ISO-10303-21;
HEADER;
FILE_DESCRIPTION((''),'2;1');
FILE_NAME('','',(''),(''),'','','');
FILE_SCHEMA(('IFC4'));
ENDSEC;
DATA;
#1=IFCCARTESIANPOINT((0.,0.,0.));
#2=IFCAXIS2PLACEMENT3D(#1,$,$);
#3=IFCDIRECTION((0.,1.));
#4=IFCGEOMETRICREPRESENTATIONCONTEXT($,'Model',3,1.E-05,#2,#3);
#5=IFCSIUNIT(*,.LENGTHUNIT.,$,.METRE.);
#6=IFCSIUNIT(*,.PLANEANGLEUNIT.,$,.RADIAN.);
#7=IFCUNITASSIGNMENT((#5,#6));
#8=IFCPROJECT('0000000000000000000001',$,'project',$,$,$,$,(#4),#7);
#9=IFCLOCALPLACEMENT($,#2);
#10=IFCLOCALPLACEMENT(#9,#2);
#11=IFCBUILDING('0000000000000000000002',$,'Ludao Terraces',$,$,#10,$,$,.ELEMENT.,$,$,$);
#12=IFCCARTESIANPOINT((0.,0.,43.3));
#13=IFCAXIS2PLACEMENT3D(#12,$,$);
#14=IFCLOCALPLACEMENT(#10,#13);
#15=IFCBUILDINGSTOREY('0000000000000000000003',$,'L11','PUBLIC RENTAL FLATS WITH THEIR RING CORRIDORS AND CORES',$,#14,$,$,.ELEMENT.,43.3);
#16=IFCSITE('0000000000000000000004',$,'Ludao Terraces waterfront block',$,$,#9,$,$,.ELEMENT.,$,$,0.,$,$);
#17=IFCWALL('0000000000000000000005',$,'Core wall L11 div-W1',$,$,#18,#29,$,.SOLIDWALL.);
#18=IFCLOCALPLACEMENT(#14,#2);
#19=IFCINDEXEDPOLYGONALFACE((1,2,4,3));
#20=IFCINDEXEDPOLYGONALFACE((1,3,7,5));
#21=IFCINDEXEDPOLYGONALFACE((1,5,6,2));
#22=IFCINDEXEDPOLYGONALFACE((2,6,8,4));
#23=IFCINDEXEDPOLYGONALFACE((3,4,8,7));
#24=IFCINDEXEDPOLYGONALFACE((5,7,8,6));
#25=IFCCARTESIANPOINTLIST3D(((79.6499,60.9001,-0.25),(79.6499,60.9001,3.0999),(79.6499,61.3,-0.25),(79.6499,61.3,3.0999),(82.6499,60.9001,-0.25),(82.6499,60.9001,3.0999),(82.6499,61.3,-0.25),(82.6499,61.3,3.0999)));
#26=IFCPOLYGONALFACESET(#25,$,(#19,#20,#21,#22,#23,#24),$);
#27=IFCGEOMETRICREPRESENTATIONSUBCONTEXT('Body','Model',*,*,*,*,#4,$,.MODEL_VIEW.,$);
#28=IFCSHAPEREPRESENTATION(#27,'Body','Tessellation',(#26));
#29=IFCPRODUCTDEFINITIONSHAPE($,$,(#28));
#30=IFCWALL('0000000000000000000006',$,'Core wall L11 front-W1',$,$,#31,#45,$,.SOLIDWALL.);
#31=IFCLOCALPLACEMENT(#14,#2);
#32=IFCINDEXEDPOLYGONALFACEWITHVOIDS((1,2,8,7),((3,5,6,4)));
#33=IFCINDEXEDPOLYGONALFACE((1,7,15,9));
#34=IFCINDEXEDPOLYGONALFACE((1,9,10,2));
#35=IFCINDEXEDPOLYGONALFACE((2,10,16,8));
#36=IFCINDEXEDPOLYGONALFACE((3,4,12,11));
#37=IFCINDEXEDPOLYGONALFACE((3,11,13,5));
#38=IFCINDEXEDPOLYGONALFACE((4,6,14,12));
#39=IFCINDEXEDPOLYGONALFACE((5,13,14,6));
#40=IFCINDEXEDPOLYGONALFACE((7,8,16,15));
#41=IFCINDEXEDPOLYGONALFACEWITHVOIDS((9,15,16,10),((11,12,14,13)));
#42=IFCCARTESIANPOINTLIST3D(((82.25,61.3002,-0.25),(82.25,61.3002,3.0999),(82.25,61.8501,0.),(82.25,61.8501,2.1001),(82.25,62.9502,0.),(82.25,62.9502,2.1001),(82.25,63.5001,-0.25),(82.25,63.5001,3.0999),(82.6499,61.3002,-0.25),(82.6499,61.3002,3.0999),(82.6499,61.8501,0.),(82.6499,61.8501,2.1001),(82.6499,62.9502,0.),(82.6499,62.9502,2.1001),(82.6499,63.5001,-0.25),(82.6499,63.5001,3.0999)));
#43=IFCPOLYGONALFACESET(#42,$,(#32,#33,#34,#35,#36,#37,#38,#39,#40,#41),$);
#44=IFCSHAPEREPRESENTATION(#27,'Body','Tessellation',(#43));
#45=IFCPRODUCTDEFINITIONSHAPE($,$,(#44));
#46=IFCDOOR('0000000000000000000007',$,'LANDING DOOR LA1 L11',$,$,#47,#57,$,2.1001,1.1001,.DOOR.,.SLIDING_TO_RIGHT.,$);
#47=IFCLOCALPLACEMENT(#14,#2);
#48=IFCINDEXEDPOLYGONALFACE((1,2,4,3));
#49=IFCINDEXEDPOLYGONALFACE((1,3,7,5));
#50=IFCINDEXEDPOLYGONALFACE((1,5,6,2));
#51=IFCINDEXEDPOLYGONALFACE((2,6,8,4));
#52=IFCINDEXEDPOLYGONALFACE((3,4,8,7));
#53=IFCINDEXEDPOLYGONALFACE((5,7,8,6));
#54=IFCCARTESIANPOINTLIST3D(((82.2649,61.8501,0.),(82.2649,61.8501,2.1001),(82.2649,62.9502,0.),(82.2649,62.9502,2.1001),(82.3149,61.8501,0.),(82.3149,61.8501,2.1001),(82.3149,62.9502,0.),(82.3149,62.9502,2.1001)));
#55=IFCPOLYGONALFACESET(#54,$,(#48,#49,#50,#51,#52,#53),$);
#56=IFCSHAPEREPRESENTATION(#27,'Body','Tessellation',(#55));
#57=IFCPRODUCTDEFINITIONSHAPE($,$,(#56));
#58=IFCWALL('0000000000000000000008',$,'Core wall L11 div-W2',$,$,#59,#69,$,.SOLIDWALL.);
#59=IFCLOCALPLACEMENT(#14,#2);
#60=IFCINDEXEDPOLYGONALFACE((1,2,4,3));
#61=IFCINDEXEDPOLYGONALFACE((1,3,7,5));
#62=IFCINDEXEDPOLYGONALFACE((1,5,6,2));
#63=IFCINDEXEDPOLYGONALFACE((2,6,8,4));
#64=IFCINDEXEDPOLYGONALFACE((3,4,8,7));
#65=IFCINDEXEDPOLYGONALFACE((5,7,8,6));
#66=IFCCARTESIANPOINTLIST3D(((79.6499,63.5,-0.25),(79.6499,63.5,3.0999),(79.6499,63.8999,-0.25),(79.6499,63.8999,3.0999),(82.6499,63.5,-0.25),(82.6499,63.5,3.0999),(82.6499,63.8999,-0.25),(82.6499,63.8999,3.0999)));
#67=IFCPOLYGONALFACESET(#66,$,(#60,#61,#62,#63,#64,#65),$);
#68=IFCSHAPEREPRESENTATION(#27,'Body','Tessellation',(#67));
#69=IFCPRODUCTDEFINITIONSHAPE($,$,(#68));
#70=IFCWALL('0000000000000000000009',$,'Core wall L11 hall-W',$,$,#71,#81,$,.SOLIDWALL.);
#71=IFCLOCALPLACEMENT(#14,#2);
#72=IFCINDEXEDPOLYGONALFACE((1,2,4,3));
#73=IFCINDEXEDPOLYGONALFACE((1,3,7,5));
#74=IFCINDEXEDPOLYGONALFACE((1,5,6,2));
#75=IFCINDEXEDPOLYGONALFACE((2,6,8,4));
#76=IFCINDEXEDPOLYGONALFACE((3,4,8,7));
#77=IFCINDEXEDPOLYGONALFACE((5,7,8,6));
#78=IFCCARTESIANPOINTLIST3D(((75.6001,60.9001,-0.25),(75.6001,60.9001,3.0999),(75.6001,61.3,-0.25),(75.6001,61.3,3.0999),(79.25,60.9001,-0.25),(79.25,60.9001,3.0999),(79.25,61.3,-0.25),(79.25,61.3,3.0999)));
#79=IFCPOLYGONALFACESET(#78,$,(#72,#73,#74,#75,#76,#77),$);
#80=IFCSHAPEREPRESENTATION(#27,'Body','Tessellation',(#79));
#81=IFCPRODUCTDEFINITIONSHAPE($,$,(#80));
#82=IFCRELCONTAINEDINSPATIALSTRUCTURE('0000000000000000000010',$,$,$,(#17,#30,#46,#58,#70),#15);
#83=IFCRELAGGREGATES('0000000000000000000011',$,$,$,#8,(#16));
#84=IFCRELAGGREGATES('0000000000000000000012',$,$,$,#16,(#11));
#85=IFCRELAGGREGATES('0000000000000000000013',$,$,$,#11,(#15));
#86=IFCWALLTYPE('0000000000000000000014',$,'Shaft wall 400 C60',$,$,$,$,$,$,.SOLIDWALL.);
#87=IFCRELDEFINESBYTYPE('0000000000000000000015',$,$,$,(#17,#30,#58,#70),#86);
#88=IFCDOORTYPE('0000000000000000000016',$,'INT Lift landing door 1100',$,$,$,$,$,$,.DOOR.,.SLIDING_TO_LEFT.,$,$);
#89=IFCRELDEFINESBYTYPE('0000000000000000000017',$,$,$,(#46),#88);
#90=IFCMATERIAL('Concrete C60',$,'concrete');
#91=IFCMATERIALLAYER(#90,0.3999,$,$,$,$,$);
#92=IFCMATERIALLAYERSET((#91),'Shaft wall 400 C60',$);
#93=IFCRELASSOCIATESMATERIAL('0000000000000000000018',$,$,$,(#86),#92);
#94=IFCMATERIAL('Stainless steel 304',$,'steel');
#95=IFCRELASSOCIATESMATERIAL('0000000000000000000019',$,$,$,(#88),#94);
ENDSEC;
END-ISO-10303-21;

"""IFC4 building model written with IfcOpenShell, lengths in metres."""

from ifc_helpers import new_model, si_unit, direction, frame, frame_2d, origin, place, context, subcontext, project, spatial, rectangle, extrude, material, layer, layer_set, type_object, element, fill, save


model = new_model("IFC4")

# Units and contexts
model_context = context("Model", 3, precision=1e-05, world=origin(), true_north=direction((0.0, 1.0)))
body_context = subcontext(model_context, "Body", "Model", "MODEL_VIEW")
ifc_project = project(units=[si_unit("LENGTHUNIT", "METRE"), si_unit("PLANEANGLEUNIT", "RADIAN")], contexts=[model_context])

# Site, building, storey
site_placement = place(None, origin())
site = spatial("IfcSite", under=ifc_project, at=site_placement, Name="Ludao Terraces waterfront block", CompositionType="ELEMENT", RefElevation=0.0)
building_placement = place(site_placement, origin())
building = spatial("IfcBuilding", under=site, at=building_placement, Name="Ludao Terraces", CompositionType="ELEMENT")
storey_placement = place(building_placement, frame((0.0, 0.0, 43.3)))
storey = spatial("IfcBuildingStorey", under=building, at=storey_placement, Name="L11", Description="PUBLIC RENTAL FLATS WITH THEIR RING CORRIDORS AND CORES", CompositionType="ELEMENT", Elevation=43.3)

# Wall
ifc_material_1 = material(Name="Concrete C60", Category="concrete")
ifc_layer_1 = layer(ifc_material_1, 0.3999)
ifc_layer_set_1 = layer_set([ifc_layer_1], Name="Shaft wall 400 C60")
wall_type_1 = type_object("IfcWallType", Name="Shaft wall 400 C60", PredefinedType="SOLIDWALL", material=ifc_layer_set_1)
wall_1_placement = place(storey_placement, frame((79.6499, 61.1001, -0.25), z_axis=(0.0, 0.0, 1.0), x_axis=(1.0, 0.0, 0.0)))
element("IfcWall", 1, at=wall_1_placement, inside=storey, type_object=wall_type_1, Name="Core wall L11 div-W1", PredefinedType="SOLIDWALL", context=body_context, shape_type="SweptSolid", body=[
    extrude(rectangle(XDim=3.0, YDim=0.3999, at=frame_2d((1.5, 0.0))), origin(), (0.0, 0.0, 1.0), 3.3499),
])

# Wall, opening, door
wall_2_placement = place(storey_placement, frame((82.45, 61.3, -0.25), z_axis=(0.0, 0.0, 1.0), x_axis=(0.0, 1.0, 0.0)))
wall_2 = element("IfcWall", 2, at=wall_2_placement, inside=storey, type_object=wall_type_1, Name="Core wall L11 front-W1", PredefinedType="SOLIDWALL", context=body_context, shape_type="SweptSolid", body=[
    extrude(rectangle(XDim=2.2, YDim=0.3999, at=frame_2d((1.1001, 0.0))), origin(), (0.0, 0.0, 1.0), 3.3499),
])
opening_1_placement = place(wall_2_placement, frame((0.55, 0.0, 0.25)))
opening_1 = element("IfcOpeningElement", 3, at=opening_1_placement, cuts=wall_2, PredefinedType="OPENING", context=body_context, shape_type="SweptSolid", body=[
    extrude(rectangle(XDim=1.1001, YDim=2.1001, at=frame_2d((0.55, 1.05))), frame((0.0, 0.21, 0.0), z_axis=(0.0, -1.0, 0.0), x_axis=(1.0, 0.0, 0.0)), (0.0, 0.0, 1.0), 0.4199),
])
ifc_material_2 = material(Name="Stainless steel 304", Category="steel")
door_type_1 = type_object("IfcDoorType", Name="INT Lift landing door 1100", OperationType="SLIDING_TO_LEFT", PredefinedType="DOOR", material=ifc_material_2)
door_1_placement = place(opening_1_placement, origin())
door_1 = element("IfcDoor", 4, at=door_1_placement, inside=storey, type_object=door_type_1, Name="LANDING DOOR LA1 L11", OperationType="SLIDING_TO_RIGHT", OverallHeight=2.1001, OverallWidth=1.1001, PredefinedType="DOOR", context=body_context, shape_type="SweptSolid", body=[
    extrude(rectangle(XDim=1.1001, YDim=2.1001, at=frame_2d((0.55, 1.05))), frame((0.0, 0.1851, 0.0), z_axis=(0.0, -1.0, 0.0), x_axis=(1.0, 0.0, 0.0)), (0.0, 0.0, 1.0), 0.05),
])
fill(opening_1, door_1)

# Walls
wall_3_placement = place(storey_placement, frame((79.6499, 63.7, -0.25), z_axis=(0.0, 0.0, 1.0), x_axis=(1.0, 0.0, 0.0)))
element("IfcWall", 5, at=wall_3_placement, inside=storey, type_object=wall_type_1, Name="Core wall L11 div-W2", PredefinedType="SOLIDWALL", context=body_context, shape_type="SweptSolid", body=[
    extrude(rectangle(XDim=3.0, YDim=0.3999, at=frame_2d((1.5, 0.0))), origin(), (0.0, 0.0, 1.0), 3.3499),
])
wall_4_placement = place(storey_placement, frame((75.6001, 61.1001, -0.25), z_axis=(0.0, 0.0, 1.0), x_axis=(1.0, 0.0, 0.0)))
element("IfcWall", 6, at=wall_4_placement, inside=storey, type_object=wall_type_1, Name="Core wall L11 hall-W", PredefinedType="SOLIDWALL", context=body_context, shape_type="SweptSolid", body=[
    extrude(rectangle(XDim=3.6499, YDim=0.3999, at=frame_2d((1.825, 0.0))), origin(), (0.0, 0.0, 1.0), 3.3499),
])

save(model, "model.ifc")
